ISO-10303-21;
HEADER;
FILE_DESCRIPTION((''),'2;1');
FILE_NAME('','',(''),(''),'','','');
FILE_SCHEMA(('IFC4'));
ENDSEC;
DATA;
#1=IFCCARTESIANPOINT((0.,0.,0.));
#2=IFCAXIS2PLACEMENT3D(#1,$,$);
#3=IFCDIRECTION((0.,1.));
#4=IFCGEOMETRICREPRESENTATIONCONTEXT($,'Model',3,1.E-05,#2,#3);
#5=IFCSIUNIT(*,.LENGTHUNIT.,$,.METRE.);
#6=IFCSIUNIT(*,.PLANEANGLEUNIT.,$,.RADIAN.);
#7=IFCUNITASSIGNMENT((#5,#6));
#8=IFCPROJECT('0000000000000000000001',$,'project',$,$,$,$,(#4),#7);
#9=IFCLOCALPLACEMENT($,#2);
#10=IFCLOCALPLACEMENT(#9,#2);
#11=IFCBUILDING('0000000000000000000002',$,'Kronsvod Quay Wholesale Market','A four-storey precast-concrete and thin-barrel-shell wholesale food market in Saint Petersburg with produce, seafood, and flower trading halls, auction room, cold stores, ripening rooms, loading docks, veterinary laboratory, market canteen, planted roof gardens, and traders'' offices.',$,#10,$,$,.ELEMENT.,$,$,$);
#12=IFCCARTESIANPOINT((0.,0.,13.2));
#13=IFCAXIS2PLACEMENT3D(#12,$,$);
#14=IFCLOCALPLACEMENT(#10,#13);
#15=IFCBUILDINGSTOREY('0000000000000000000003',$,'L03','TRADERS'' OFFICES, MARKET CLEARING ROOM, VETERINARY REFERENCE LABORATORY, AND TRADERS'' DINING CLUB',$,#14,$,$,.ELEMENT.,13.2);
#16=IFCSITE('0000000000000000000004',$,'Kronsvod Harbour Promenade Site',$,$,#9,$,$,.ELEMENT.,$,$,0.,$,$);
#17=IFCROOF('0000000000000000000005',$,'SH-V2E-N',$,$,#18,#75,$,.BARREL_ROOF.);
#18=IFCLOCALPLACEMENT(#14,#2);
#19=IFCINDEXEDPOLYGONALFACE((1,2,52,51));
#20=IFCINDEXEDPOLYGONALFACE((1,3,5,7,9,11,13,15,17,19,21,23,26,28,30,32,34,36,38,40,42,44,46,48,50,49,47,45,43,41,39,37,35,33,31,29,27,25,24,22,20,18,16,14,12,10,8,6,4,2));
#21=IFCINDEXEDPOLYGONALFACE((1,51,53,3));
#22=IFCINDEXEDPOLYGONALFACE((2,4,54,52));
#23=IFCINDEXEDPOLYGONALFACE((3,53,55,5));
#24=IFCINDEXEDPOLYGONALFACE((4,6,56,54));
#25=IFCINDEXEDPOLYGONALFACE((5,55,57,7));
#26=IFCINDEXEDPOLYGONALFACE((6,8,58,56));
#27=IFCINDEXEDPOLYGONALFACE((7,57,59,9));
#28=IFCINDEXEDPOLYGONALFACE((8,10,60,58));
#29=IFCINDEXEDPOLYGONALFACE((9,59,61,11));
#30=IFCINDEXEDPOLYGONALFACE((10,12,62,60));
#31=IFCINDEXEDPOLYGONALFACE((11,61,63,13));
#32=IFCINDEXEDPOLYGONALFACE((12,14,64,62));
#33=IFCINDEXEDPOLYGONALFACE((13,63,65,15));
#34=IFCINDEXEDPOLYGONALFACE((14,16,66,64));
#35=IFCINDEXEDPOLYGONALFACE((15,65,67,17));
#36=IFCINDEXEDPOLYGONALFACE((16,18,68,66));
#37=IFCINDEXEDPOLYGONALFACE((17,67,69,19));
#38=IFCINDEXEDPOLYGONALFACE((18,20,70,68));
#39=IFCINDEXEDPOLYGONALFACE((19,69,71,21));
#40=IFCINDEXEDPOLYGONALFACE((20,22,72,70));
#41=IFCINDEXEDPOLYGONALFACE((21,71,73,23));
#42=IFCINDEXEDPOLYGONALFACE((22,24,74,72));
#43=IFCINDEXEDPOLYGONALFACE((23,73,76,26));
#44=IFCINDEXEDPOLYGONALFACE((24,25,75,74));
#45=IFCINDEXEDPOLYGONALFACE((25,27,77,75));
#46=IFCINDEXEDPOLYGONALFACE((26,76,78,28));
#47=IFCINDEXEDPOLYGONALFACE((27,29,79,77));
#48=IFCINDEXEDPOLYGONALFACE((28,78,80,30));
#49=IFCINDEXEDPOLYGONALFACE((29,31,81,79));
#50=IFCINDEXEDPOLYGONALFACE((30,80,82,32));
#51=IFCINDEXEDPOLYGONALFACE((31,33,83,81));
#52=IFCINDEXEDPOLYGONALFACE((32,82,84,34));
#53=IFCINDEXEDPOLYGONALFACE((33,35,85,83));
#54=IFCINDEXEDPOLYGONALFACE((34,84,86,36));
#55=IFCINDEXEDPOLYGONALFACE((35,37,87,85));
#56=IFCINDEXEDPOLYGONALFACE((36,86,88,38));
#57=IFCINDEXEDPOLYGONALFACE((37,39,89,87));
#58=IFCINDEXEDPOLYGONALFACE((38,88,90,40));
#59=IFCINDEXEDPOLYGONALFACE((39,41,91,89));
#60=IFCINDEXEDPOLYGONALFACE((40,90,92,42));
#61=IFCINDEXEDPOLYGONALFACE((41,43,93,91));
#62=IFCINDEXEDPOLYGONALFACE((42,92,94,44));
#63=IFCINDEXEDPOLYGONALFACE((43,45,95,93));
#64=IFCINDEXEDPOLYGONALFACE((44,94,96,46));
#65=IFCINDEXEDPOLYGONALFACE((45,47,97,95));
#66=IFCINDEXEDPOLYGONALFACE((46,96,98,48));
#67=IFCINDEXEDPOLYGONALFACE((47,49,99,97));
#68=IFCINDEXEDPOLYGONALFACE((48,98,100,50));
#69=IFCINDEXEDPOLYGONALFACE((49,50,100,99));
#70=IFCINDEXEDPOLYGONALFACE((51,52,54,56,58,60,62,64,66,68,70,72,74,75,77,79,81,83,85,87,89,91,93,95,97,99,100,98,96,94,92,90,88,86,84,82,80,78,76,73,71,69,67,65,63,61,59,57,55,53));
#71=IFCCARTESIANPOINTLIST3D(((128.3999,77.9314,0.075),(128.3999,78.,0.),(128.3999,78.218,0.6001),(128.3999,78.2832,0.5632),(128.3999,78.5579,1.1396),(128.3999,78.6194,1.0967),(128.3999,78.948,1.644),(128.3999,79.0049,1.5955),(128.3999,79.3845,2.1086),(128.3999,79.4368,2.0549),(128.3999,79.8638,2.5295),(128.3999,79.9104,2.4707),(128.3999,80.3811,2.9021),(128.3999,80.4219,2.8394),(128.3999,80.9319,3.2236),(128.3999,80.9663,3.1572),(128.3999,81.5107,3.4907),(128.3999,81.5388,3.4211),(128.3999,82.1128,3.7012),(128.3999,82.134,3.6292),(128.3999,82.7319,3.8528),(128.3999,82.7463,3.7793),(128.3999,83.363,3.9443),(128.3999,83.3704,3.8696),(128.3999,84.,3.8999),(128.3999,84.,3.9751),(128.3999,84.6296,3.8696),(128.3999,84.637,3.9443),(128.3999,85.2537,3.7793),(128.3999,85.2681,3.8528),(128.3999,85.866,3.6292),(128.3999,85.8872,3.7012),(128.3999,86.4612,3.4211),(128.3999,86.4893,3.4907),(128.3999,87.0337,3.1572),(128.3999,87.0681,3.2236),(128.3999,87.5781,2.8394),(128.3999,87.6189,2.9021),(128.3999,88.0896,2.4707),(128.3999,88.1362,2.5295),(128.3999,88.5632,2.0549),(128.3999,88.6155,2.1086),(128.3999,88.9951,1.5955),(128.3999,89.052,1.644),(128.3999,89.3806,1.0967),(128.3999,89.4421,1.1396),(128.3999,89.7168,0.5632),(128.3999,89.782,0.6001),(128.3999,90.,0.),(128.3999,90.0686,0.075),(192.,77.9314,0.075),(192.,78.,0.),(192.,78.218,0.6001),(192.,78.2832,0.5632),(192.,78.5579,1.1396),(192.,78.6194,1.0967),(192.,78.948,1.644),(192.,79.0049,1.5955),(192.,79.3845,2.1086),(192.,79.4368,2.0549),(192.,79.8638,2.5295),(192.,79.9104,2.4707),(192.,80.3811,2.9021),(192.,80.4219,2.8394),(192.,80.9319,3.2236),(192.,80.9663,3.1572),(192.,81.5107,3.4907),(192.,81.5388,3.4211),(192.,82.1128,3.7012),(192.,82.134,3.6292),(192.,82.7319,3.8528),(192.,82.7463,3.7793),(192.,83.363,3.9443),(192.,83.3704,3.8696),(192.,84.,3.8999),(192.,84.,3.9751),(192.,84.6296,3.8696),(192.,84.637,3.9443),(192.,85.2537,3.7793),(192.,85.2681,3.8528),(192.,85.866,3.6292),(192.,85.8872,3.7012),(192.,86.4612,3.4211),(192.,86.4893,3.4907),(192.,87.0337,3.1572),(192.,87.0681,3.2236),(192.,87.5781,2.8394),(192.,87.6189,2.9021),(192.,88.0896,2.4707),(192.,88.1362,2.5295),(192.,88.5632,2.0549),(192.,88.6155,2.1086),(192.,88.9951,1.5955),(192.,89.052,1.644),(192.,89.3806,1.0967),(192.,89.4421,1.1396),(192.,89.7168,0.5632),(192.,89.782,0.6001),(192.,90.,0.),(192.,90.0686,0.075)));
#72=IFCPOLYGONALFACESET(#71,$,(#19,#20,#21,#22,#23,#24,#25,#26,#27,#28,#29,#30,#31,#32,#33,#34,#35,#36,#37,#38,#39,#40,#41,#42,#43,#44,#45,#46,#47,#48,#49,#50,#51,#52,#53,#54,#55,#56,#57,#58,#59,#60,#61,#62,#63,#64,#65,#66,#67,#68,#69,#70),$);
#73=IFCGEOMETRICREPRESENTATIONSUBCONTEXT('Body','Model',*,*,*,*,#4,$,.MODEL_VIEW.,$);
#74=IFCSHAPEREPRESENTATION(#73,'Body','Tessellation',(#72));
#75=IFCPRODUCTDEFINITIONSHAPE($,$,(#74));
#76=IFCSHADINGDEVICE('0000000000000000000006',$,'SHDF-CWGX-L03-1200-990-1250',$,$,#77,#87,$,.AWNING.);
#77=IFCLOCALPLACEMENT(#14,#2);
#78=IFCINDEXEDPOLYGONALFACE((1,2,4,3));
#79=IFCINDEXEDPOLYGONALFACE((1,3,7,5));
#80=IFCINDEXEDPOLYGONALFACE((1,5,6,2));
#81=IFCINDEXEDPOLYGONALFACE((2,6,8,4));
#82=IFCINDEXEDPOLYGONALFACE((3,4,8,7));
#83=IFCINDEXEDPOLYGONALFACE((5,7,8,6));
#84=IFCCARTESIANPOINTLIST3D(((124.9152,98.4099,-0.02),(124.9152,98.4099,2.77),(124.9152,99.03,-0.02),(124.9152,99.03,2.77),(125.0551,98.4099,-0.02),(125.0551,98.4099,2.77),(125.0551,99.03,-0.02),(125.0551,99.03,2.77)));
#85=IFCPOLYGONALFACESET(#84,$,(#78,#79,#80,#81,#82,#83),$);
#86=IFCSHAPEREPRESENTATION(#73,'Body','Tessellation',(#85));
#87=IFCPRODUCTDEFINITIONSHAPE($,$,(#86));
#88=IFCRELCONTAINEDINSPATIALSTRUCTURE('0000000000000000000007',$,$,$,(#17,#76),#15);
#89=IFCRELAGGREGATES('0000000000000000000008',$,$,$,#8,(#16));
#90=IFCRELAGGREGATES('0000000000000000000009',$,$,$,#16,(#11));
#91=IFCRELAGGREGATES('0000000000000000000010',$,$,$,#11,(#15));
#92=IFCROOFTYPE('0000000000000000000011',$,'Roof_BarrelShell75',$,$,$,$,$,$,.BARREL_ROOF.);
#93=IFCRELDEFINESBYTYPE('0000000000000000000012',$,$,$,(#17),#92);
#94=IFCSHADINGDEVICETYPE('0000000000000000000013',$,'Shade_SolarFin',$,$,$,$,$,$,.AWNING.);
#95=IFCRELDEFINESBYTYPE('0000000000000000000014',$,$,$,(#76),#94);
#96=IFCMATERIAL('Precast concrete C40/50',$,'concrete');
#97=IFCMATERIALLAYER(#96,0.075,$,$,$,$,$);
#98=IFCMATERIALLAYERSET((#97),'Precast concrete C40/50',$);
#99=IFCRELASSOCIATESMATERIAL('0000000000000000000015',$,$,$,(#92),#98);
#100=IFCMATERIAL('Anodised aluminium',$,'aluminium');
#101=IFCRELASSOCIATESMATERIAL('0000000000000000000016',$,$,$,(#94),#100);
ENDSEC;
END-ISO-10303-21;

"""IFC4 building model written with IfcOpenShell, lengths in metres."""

from ifc_helpers import new_model, si_unit, direction, frame, origin, origin_2d, place, context, subcontext, project, spatial, polyline, rectangle, outline, extrude, material, layer, layer_set, type_object, element, save


model = new_model("IFC4")

# Units and contexts
model_context = context("Model", 3, precision=1e-05, world=origin(), true_north=direction((0.0, 1.0)))
body_context = subcontext(model_context, "Body", "Model", "MODEL_VIEW")
ifc_project = project(units=[si_unit("LENGTHUNIT", "METRE"), si_unit("PLANEANGLEUNIT", "RADIAN")], contexts=[model_context])

# Site, building, storey
site_placement = place(None, origin())
site = spatial("IfcSite", under=ifc_project, at=site_placement, Name="Kronsvod Harbour Promenade Site", CompositionType="ELEMENT", RefElevation=0.0)
building_placement = place(site_placement, origin())
building = spatial("IfcBuilding", under=site, at=building_placement, Name="Kronsvod Quay Wholesale Market", Description="A four-storey precast-concrete and thin-barrel-shell wholesale food market in Saint Petersburg with produce, seafood, and flower trading halls, auction room, cold stores, ripening rooms, loading docks, veterinary laboratory, market canteen, planted roof gardens, and traders' offices.", CompositionType="ELEMENT")
storey_placement = place(building_placement, frame((0.0, 0.0, 13.2)))
storey = spatial("IfcBuildingStorey", under=building, at=storey_placement, Name="L03", Description="TRADERS' OFFICES, MARKET CLEARING ROOM, VETERINARY REFERENCE LABORATORY, AND TRADERS' DINING CLUB", CompositionType="ELEMENT", Elevation=13.2)

# Roof
ifc_material_1 = material(Name="Precast concrete C40/50", Category="concrete")
ifc_layer_1 = layer(ifc_material_1, 0.075)
ifc_layer_set_1 = layer_set([ifc_layer_1], Name="Precast concrete C40/50")
roof_type_1 = type_object("IfcRoofType", Name="Roof_BarrelShell75", PredefinedType="BARREL_ROOF", material=ifc_layer_set_1)
roof_1_placement = place(storey_placement, frame((128.3999, 84.0, 0.0), z_axis=(1.0, 0.0, 0.0), x_axis=(0.0, 1.0, 0.0)))
element("IfcRoof", 1, at=roof_1_placement, inside=storey, type_object=roof_type_1, Name="SH-V2E-N", PredefinedType="BARREL_ROOF", context=body_context, shape_type="SweptSolid", body=[
    extrude(outline(polyline([(-6.0, 0.0), (-5.7168, 0.5632), (-5.3806, 1.0967), (-4.9951, 1.5955), (-4.5632, 2.0549), (-4.0896, 2.4707), (-3.5781, 2.8394), (-3.0337, 3.1572), (-2.4612, 3.4211), (-1.866, 3.6292), (-1.2537, 3.7793), (-0.6296, 3.8696), (0.0, 3.8999), (0.6296, 3.8696), (1.2537, 3.7793), (1.866, 3.6292), (2.4612, 3.4211), (3.0337, 3.1572), (3.5781, 2.8394), (4.0896, 2.4707), (4.5632, 2.0549), (4.9951, 1.5955), (5.3806, 1.0967), (5.7168, 0.5632), (6.0, 0.0), (6.0686, 0.075), (5.782, 0.6001), (5.4421, 1.1396), (5.052, 1.644), (4.6155, 2.1086), (4.1362, 2.5295), (3.6189, 2.9021), (3.0681, 3.2236), (2.4893, 3.4907), (1.8872, 3.7012), (1.2681, 3.8528), (0.637, 3.9443), (0.0, 3.9751), (-0.637, 3.9443), (-1.2681, 3.8528), (-1.8872, 3.7012), (-2.4893, 3.4907), (-3.0681, 3.2236), (-3.6189, 2.9021), (-4.1362, 2.5295), (-4.6155, 2.1086), (-5.052, 1.644), (-5.4421, 1.1396), (-5.782, 0.6001), (-6.0686, 0.075), (-6.0, 0.0)])), origin(), (0.0, 0.0, 1.0), 63.6001),
])

# Shading device
ifc_material_2 = material(Name="Anodised aluminium", Category="aluminium")
shading_device_type = type_object("IfcShadingDeviceType", Name="Shade_SolarFin", PredefinedType="AWNING", material=ifc_material_2)
shading_device_placement = place(storey_placement, frame((124.9851, 98.72, -0.02), z_axis=(0.0, 0.0, 1.0), x_axis=(1.0, 0.0, 0.0)))
element("IfcShadingDevice", 2, at=shading_device_placement, inside=storey, type_object=shading_device_type, Name="SHDF-CWGX-L03-1200-990-1250", PredefinedType="AWNING", context=body_context, shape_type="SweptSolid", body=[
    extrude(rectangle(XDim=0.1399, YDim=0.6201, at=origin_2d()), origin(), (0.0, 0.0, 1.0), 2.79),
])

save(model, "model.ifc")
